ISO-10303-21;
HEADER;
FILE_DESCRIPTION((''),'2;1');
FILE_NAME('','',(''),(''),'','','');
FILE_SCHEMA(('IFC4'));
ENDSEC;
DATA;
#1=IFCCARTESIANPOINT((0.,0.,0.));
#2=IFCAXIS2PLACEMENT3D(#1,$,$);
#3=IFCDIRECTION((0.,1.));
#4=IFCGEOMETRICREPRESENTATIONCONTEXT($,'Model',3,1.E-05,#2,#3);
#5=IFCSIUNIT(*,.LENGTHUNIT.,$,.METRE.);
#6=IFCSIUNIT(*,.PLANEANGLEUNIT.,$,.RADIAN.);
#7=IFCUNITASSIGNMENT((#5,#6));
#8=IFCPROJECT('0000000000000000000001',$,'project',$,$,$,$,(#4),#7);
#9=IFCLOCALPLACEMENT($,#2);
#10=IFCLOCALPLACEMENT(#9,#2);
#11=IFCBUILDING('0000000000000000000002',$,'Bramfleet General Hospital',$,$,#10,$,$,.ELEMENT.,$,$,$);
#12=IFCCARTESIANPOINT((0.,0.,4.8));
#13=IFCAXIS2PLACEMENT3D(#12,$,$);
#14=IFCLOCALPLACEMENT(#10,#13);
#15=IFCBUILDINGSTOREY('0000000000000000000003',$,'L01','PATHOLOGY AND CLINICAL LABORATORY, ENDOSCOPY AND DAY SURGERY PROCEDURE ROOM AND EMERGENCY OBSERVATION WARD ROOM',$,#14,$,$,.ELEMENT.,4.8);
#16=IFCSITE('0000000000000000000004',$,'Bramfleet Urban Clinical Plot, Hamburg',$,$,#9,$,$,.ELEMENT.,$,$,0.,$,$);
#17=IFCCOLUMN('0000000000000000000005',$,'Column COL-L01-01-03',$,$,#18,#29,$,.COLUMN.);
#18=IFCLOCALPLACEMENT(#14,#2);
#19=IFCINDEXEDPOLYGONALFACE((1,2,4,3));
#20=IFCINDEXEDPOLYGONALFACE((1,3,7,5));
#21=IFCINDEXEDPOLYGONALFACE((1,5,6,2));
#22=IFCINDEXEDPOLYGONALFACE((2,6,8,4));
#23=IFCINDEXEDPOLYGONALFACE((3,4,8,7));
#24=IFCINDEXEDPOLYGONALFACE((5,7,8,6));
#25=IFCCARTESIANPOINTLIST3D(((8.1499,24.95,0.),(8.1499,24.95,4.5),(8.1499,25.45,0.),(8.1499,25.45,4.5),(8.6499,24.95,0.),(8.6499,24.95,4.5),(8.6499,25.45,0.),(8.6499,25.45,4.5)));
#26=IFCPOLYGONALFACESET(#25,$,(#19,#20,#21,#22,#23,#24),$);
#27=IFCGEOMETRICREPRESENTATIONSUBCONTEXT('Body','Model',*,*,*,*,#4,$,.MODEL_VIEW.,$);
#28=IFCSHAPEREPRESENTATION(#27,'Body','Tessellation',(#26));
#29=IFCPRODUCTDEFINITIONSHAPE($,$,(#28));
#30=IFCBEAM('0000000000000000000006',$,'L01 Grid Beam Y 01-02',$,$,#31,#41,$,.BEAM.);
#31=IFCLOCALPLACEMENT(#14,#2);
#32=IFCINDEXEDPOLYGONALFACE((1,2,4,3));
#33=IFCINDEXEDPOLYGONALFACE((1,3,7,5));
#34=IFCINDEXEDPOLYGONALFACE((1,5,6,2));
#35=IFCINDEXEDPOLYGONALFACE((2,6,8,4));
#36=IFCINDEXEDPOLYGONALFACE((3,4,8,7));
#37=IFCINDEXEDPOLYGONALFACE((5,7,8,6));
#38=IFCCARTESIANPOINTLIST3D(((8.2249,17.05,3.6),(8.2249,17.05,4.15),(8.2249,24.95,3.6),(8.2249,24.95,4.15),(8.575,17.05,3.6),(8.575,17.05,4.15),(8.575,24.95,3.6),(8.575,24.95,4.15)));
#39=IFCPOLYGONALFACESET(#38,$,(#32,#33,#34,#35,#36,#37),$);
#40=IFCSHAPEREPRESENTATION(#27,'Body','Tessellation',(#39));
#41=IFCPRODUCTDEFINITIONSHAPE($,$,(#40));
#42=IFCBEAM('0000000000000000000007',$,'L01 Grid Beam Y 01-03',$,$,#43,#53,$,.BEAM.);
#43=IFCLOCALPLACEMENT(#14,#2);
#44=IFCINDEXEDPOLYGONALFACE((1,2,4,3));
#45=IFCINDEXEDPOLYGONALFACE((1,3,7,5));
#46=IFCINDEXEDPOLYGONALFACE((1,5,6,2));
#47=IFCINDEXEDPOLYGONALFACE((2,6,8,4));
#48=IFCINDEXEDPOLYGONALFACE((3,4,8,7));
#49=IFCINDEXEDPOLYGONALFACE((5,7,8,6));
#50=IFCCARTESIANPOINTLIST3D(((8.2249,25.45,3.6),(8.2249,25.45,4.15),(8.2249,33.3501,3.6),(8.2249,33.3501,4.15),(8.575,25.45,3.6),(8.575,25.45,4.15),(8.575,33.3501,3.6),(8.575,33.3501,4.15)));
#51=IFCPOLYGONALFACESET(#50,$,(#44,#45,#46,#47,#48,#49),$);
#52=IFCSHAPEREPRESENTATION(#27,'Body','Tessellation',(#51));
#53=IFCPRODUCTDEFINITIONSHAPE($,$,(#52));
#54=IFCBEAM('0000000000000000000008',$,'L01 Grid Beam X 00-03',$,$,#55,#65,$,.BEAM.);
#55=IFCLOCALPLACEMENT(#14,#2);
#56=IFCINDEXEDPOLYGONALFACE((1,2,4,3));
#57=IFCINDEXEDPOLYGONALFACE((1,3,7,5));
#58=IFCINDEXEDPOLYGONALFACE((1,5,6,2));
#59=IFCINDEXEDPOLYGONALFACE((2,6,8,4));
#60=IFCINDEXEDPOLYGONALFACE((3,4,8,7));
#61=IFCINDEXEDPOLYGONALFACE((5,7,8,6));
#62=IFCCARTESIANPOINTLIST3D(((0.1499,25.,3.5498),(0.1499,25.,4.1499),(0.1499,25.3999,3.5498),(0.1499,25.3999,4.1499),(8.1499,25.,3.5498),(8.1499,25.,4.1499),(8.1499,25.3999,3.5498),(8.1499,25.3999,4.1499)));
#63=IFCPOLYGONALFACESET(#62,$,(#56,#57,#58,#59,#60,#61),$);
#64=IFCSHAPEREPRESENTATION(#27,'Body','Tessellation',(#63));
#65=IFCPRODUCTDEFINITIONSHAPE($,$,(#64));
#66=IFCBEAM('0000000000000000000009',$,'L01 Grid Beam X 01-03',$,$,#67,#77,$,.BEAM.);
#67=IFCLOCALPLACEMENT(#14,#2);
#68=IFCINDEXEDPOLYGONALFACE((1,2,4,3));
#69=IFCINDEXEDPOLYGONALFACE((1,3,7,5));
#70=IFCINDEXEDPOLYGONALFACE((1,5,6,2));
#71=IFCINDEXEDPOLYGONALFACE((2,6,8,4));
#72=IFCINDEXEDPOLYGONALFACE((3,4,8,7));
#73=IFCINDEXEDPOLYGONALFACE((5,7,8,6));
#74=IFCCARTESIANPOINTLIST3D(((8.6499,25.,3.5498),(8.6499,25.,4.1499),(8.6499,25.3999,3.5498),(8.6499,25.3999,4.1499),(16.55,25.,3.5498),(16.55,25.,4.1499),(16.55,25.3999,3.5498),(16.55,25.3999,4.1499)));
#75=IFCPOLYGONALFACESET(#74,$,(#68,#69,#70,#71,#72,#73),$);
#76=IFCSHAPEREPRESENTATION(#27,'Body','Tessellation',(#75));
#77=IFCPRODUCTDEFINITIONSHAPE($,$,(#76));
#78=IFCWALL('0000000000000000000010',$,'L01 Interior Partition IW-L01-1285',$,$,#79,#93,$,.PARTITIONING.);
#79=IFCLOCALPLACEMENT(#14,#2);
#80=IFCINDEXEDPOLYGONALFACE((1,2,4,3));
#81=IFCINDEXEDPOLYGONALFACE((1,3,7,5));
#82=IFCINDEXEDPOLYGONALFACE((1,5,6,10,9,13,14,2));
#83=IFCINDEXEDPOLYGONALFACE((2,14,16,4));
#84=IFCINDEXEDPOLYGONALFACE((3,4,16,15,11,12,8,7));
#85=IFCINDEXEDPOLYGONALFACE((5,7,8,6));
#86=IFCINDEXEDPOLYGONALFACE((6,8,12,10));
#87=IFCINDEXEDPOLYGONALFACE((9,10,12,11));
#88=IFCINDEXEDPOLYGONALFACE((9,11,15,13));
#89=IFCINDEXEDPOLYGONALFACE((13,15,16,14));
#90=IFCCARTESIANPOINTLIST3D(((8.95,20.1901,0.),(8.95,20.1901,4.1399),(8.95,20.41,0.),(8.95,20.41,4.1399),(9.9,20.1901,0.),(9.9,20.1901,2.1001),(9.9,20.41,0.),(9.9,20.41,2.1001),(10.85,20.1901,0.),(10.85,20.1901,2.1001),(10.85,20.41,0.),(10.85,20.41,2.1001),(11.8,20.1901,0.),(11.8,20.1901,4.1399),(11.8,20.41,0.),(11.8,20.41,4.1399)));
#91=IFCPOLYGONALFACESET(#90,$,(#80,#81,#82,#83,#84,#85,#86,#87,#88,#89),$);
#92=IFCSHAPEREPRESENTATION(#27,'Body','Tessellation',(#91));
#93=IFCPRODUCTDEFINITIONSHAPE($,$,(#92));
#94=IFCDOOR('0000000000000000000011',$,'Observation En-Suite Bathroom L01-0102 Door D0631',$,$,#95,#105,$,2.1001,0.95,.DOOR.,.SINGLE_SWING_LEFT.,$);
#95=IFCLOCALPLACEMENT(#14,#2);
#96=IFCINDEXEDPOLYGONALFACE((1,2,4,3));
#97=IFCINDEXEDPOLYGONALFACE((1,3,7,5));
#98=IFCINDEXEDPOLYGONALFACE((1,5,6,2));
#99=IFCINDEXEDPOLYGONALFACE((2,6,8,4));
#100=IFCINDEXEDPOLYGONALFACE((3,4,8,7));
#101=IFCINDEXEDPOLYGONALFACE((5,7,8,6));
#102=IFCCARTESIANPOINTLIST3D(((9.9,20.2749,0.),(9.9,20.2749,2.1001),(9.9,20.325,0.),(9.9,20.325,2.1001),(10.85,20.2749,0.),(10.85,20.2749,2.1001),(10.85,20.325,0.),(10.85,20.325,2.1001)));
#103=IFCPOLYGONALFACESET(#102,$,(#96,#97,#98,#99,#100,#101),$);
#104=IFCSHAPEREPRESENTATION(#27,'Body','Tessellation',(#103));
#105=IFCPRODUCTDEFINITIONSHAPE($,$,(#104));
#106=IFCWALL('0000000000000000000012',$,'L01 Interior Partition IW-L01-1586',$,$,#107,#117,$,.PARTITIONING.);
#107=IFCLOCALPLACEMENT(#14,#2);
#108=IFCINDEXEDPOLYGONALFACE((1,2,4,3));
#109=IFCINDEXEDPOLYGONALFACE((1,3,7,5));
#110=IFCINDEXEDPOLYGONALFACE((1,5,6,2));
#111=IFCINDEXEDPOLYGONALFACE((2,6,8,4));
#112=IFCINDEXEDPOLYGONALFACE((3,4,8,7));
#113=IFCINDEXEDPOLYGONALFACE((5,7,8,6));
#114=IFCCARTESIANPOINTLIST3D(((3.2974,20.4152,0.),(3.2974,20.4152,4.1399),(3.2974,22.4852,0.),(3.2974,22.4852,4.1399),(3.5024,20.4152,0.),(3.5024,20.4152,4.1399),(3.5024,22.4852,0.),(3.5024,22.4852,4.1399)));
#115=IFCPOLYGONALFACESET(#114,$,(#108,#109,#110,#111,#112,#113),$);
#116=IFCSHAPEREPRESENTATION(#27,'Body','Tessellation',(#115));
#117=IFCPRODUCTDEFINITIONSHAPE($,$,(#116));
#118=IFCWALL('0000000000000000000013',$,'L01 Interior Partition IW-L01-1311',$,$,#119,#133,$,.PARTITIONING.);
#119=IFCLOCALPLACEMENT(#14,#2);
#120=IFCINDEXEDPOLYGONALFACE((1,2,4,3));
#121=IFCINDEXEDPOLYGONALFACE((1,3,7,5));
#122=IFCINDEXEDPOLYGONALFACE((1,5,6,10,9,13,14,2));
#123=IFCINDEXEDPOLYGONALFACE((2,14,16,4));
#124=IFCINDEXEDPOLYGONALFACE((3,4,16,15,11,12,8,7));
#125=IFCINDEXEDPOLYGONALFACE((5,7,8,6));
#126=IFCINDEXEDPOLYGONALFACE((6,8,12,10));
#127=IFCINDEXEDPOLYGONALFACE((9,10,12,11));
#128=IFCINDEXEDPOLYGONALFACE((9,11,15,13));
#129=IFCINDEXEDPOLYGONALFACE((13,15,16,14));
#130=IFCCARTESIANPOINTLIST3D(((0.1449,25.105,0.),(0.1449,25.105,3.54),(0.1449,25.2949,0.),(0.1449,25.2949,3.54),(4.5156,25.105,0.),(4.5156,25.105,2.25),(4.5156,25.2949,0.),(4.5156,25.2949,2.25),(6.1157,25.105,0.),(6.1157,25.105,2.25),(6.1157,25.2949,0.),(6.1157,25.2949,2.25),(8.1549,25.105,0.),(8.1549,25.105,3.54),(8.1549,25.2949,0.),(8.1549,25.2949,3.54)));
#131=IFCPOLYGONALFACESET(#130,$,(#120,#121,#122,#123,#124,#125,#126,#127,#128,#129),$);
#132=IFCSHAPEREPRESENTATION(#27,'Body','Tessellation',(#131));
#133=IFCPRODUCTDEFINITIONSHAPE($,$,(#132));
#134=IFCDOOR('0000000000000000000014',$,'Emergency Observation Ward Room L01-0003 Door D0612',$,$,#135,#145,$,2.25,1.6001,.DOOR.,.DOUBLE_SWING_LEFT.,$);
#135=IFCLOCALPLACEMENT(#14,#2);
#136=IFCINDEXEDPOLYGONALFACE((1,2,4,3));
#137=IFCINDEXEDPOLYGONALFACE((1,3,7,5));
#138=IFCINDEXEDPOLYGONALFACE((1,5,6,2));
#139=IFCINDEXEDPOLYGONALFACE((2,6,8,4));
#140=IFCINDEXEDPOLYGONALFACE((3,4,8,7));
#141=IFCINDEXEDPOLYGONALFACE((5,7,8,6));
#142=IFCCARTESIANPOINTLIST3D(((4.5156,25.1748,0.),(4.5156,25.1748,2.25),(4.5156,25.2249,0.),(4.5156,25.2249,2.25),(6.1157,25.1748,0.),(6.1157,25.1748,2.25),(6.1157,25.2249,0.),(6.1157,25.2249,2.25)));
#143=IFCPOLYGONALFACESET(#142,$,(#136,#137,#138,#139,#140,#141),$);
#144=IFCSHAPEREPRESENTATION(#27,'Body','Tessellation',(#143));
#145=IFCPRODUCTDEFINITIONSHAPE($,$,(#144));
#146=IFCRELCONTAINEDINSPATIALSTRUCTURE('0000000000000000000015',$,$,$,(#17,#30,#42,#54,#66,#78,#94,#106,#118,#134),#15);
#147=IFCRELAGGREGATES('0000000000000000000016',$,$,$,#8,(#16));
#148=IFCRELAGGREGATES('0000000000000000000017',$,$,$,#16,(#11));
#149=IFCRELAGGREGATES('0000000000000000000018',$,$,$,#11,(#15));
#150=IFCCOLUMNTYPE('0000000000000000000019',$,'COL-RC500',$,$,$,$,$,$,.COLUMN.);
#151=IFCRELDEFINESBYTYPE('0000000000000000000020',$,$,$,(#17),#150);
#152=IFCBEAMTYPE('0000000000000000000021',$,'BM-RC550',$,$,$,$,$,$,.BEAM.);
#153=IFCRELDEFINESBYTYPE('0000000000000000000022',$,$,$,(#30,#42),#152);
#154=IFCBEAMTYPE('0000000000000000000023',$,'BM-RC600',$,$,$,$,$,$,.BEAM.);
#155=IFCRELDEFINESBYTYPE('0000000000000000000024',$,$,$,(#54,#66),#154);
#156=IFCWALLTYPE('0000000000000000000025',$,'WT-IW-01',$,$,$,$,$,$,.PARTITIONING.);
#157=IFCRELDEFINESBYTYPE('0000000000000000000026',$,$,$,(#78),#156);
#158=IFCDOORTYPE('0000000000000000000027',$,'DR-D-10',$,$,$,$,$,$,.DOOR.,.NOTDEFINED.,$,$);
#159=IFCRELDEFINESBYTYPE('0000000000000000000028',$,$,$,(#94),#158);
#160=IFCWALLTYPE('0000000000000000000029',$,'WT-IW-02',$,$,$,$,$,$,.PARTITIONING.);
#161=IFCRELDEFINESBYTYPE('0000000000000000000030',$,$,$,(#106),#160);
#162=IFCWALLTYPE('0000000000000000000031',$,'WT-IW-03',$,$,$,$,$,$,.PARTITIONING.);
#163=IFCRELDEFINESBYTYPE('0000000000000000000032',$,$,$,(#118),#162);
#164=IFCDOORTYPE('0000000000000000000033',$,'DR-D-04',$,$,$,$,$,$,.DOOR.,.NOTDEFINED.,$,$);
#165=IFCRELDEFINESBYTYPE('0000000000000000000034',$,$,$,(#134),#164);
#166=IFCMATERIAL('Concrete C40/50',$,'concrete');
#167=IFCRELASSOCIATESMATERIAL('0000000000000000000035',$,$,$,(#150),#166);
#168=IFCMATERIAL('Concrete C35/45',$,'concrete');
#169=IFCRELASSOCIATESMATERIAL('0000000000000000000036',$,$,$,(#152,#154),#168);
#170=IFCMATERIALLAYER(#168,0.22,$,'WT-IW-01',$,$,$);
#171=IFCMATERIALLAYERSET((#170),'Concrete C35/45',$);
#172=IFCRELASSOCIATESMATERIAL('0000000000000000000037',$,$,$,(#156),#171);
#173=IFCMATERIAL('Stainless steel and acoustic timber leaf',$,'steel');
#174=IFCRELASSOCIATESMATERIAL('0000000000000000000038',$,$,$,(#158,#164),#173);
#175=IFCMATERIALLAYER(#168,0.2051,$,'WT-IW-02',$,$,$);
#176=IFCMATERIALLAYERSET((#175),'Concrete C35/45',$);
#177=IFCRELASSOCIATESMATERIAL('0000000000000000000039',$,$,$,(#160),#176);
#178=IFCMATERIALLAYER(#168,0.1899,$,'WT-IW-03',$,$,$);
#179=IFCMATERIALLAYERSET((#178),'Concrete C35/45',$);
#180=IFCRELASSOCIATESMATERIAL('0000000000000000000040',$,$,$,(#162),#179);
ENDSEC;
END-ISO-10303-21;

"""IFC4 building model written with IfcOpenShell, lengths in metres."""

from ifc_helpers import new_model, si_unit, direction, frame, frame_2d, origin, origin_2d, place, context, subcontext, project, spatial, rectangle, extrude, material, layer, layer_set, material_profile, profile_set, type_object, element, fill, save


model = new_model("IFC4")

# Units and contexts
model_context = context("Model", 3, precision=1e-05, world=origin(), true_north=direction((0.0, 1.0)))
body_context = subcontext(model_context, "Body", "Model", "MODEL_VIEW")
ifc_project = project(units=[si_unit("LENGTHUNIT", "METRE"), si_unit("PLANEANGLEUNIT", "RADIAN")], contexts=[model_context])

# Site, building, storey
site_placement = place(None, origin())
site = spatial("IfcSite", under=ifc_project, at=site_placement, Name="Bramfleet Urban Clinical Plot, Hamburg", CompositionType="ELEMENT", RefElevation=0.0)
building_placement = place(site_placement, origin())
building = spatial("IfcBuilding", under=site, at=building_placement, Name="Bramfleet General Hospital", CompositionType="ELEMENT")
storey_placement = place(building_placement, frame((0.0, 0.0, 4.8)))
storey = spatial("IfcBuildingStorey", under=building, at=storey_placement, Name="L01", Description="PATHOLOGY AND CLINICAL LABORATORY, ENDOSCOPY AND DAY SURGERY PROCEDURE ROOM AND EMERGENCY OBSERVATION WARD ROOM", CompositionType="ELEMENT", Elevation=4.8)

# Column
ifc_material_1 = material(Name="Concrete C40/50", Category="concrete")
ifc_material_profile_1 = material_profile(ifc_material_1, rectangle(XDim=0.5, YDim=0.5, at=origin_2d()), Name="RC COL 500x500")
ifc_profile_set_1 = profile_set([ifc_material_profile_1], Name="Concrete C40/50")
column_type = type_object("IfcColumnType", Name="COL-RC500", PredefinedType="COLUMN", material=ifc_profile_set_1)
column_placement = place(storey_placement, frame((8.3999, 25.2, 0.0), z_axis=(0.0, 0.0, 1.0), x_axis=(1.0, 0.0, 0.0)))
element("IfcColumn", 1, at=column_placement, inside=storey, type_object=column_type, Name="Column COL-L01-01-03", PredefinedType="COLUMN", context=body_context, shape_type="SweptSolid", body=[
    extrude(rectangle(XDim=0.5, YDim=0.5, at=origin_2d()), origin(), (0.0, 0.0, 1.0), 4.5),
])

# Beams
ifc_material_2 = material(Name="Concrete C35/45", Category="concrete")
ifc_material_profile_2 = material_profile(ifc_material_2, rectangle(XDim=0.3501, YDim=0.55, at=origin_2d()), Name="RC BM 550x350")
ifc_profile_set_2 = profile_set([ifc_material_profile_2], Name="Concrete C35/45")
beam_type_1 = type_object("IfcBeamType", Name="BM-RC550", PredefinedType="BEAM", material=ifc_profile_set_2)
beam_1_placement = place(storey_placement, frame((8.3999, 17.05, 3.875), z_axis=(0.0, 1.0, 0.0), x_axis=(-1.0, 0.0, 0.0)))
element("IfcBeam", 2, at=beam_1_placement, inside=storey, type_object=beam_type_1, Name="L01 Grid Beam Y 01-02", PredefinedType="BEAM", context=body_context, shape_type="SweptSolid", body=[
    extrude(rectangle(XDim=0.3501, YDim=0.55, at=origin_2d()), origin(), (0.0, 0.0, 1.0), 7.8999),
])
beam_2_placement = place(storey_placement, frame((8.3999, 25.45, 3.875), z_axis=(0.0, 1.0, 0.0), x_axis=(-1.0, 0.0, 0.0)))
element("IfcBeam", 3, at=beam_2_placement, inside=storey, type_object=beam_type_1, Name="L01 Grid Beam Y 01-03", PredefinedType="BEAM", context=body_context, shape_type="SweptSolid", body=[
    extrude(rectangle(XDim=0.3501, YDim=0.55, at=origin_2d()), origin(), (0.0, 0.0, 1.0), 7.9001),
])
ifc_material_profile_3 = material_profile(ifc_material_2, rectangle(XDim=0.3999, YDim=0.6001, at=origin_2d()), Name="RC BM 600x400")
ifc_profile_set_3 = profile_set([ifc_material_profile_3], Name="Concrete C35/45")
beam_type_2 = type_object("IfcBeamType", Name="BM-RC600", PredefinedType="BEAM", material=ifc_profile_set_3)
beam_3_placement = place(storey_placement, frame((0.1499, 25.2, 3.8499), z_axis=(1.0, 0.0, 0.0), x_axis=(0.0, 1.0, 0.0)))
element("IfcBeam", 4, at=beam_3_placement, inside=storey, type_object=beam_type_2, Name="L01 Grid Beam X 00-03", PredefinedType="BEAM", context=body_context, shape_type="SweptSolid", body=[
    extrude(rectangle(XDim=0.3999, YDim=0.6001, at=origin_2d()), origin(), (0.0, 0.0, 1.0), 8.0),
])
beam_4_placement = place(storey_placement, frame((8.6499, 25.2, 3.8499), z_axis=(1.0, 0.0, 0.0), x_axis=(0.0, 1.0, 0.0)))
element("IfcBeam", 5, at=beam_4_placement, inside=storey, type_object=beam_type_2, Name="L01 Grid Beam X 01-03", PredefinedType="BEAM", context=body_context, shape_type="SweptSolid", body=[
    extrude(rectangle(XDim=0.3999, YDim=0.6001, at=origin_2d()), origin(), (0.0, 0.0, 1.0), 7.9001),
])

# Wall, opening, door
ifc_layer_1 = layer(ifc_material_2, 0.22, Name="WT-IW-01")
ifc_layer_set_1 = layer_set([ifc_layer_1], Name="Concrete C35/45")
wall_type_1 = type_object("IfcWallType", Name="WT-IW-01", PredefinedType="PARTITIONING", material=ifc_layer_set_1)
wall_1_placement = place(storey_placement, frame((8.95, 20.3, 0.0), z_axis=(0.0, 0.0, 1.0), x_axis=(1.0, 0.0, 0.0)))
wall_1 = element("IfcWall", 6, at=wall_1_placement, inside=storey, type_object=wall_type_1, Name="L01 Interior Partition IW-L01-1285", PredefinedType="PARTITIONING", context=body_context, shape_type="SweptSolid", body=[
    extrude(rectangle(XDim=2.8501, YDim=0.22, at=frame_2d((1.425, 0.0))), origin(), (0.0, 0.0, 1.0), 4.1399),
])
opening_1_placement = place(wall_1_placement, frame((0.95, 0.0, 0.0)))
opening_1 = element("IfcOpeningElement", 7, at=opening_1_placement, cuts=wall_1, PredefinedType="OPENING", context=body_context, shape_type="SweptSolid", body=[
    extrude(rectangle(XDim=0.95, YDim=2.1001, at=frame_2d((0.4751, 1.05))), frame((0.0, 0.1199, 0.0), z_axis=(0.0, -1.0, 0.0), x_axis=(1.0, 0.0, 0.0)), (0.0, 0.0, 1.0), 0.24),
])
ifc_material_3 = material(Name="Stainless steel and acoustic timber leaf", Category="steel")
door_type_1 = type_object("IfcDoorType", Name="DR-D-10", OperationType="NOTDEFINED", PredefinedType="DOOR", material=ifc_material_3)
door_1_placement = place(opening_1_placement, origin())
door_1 = element("IfcDoor", 8, at=door_1_placement, inside=storey, type_object=door_type_1, Name="Observation En-Suite Bathroom L01-0102 Door D0631", OperationType="SINGLE_SWING_LEFT", OverallHeight=2.1001, OverallWidth=0.95, PredefinedType="DOOR", context=body_context, shape_type="SweptSolid", body=[
    extrude(rectangle(XDim=0.95, YDim=2.1001, at=frame_2d((0.4751, 1.05))), frame((0.0, 0.0249, 0.0), z_axis=(0.0, -1.0, 0.0), x_axis=(1.0, 0.0, 0.0)), (0.0, 0.0, 1.0), 0.05),
])
fill(opening_1, door_1)

# Wall
ifc_layer_2 = layer(ifc_material_2, 0.2051, Name="WT-IW-02")
ifc_layer_set_2 = layer_set([ifc_layer_2], Name="Concrete C35/45")
wall_type_2 = type_object("IfcWallType", Name="WT-IW-02", PredefinedType="PARTITIONING", material=ifc_layer_set_2)
wall_2_placement = place(storey_placement, frame((3.3999, 20.415, 0.0), z_axis=(0.0, 0.0, 1.0), x_axis=(0.0, 1.0, 0.0)))
element("IfcWall", 9, at=wall_2_placement, inside=storey, type_object=wall_type_2, Name="L01 Interior Partition IW-L01-1586", PredefinedType="PARTITIONING", context=body_context, shape_type="SweptSolid", body=[
    extrude(rectangle(XDim=2.0701, YDim=0.2051, at=frame_2d((1.0352, 0.0))), origin(), (0.0, 0.0, 1.0), 4.1399),
])

# Wall, opening, door
ifc_layer_3 = layer(ifc_material_2, 0.1899, Name="WT-IW-03")
ifc_layer_set_3 = layer_set([ifc_layer_3], Name="Concrete C35/45")
wall_type_3 = type_object("IfcWallType", Name="WT-IW-03", PredefinedType="PARTITIONING", material=ifc_layer_set_3)
wall_3_placement = place(storey_placement, frame((0.145, 25.2, 0.0), z_axis=(0.0, 0.0, 1.0), x_axis=(1.0, 0.0, 0.0)))
wall_3 = element("IfcWall", 10, at=wall_3_placement, inside=storey, type_object=wall_type_3, Name="L01 Interior Partition IW-L01-1311", PredefinedType="PARTITIONING", context=body_context, shape_type="SweptSolid", body=[
    extrude(rectangle(XDim=8.01, YDim=0.1899, at=frame_2d((4.0049, 0.0))), origin(), (0.0, 0.0, 1.0), 3.54),
])
opening_2_placement = place(wall_3_placement, frame((4.3706, 0.0, 0.0)))
opening_2 = element("IfcOpeningElement", 11, at=opening_2_placement, cuts=wall_3, PredefinedType="OPENING", context=body_context, shape_type="SweptSolid", body=[
    extrude(rectangle(XDim=1.6001, YDim=2.25, at=frame_2d((0.8, 1.125))), frame((0.0, 0.105, 0.0), z_axis=(0.0, -1.0, 0.0), x_axis=(1.0, 0.0, 0.0)), (0.0, 0.0, 1.0), 0.21),
])
door_type_2 = type_object("IfcDoorType", Name="DR-D-04", OperationType="NOTDEFINED", PredefinedType="DOOR", material=ifc_material_3)
door_2_placement = place(opening_2_placement, origin())
door_2 = element("IfcDoor", 12, at=door_2_placement, inside=storey, type_object=door_type_2, Name="Emergency Observation Ward Room L01-0003 Door D0612", OperationType="DOUBLE_SWING_LEFT", OverallHeight=2.25, OverallWidth=1.6001, PredefinedType="DOOR", context=body_context, shape_type="SweptSolid", body=[
    extrude(rectangle(XDim=1.6001, YDim=2.25, at=frame_2d((0.8, 1.125))), frame((0.0, 0.0249, 0.0), z_axis=(0.0, -1.0, 0.0), x_axis=(1.0, 0.0, 0.0)), (0.0, 0.0, 1.0), 0.05),
])
fill(opening_2, door_2)

save(model, "model.ifc")
